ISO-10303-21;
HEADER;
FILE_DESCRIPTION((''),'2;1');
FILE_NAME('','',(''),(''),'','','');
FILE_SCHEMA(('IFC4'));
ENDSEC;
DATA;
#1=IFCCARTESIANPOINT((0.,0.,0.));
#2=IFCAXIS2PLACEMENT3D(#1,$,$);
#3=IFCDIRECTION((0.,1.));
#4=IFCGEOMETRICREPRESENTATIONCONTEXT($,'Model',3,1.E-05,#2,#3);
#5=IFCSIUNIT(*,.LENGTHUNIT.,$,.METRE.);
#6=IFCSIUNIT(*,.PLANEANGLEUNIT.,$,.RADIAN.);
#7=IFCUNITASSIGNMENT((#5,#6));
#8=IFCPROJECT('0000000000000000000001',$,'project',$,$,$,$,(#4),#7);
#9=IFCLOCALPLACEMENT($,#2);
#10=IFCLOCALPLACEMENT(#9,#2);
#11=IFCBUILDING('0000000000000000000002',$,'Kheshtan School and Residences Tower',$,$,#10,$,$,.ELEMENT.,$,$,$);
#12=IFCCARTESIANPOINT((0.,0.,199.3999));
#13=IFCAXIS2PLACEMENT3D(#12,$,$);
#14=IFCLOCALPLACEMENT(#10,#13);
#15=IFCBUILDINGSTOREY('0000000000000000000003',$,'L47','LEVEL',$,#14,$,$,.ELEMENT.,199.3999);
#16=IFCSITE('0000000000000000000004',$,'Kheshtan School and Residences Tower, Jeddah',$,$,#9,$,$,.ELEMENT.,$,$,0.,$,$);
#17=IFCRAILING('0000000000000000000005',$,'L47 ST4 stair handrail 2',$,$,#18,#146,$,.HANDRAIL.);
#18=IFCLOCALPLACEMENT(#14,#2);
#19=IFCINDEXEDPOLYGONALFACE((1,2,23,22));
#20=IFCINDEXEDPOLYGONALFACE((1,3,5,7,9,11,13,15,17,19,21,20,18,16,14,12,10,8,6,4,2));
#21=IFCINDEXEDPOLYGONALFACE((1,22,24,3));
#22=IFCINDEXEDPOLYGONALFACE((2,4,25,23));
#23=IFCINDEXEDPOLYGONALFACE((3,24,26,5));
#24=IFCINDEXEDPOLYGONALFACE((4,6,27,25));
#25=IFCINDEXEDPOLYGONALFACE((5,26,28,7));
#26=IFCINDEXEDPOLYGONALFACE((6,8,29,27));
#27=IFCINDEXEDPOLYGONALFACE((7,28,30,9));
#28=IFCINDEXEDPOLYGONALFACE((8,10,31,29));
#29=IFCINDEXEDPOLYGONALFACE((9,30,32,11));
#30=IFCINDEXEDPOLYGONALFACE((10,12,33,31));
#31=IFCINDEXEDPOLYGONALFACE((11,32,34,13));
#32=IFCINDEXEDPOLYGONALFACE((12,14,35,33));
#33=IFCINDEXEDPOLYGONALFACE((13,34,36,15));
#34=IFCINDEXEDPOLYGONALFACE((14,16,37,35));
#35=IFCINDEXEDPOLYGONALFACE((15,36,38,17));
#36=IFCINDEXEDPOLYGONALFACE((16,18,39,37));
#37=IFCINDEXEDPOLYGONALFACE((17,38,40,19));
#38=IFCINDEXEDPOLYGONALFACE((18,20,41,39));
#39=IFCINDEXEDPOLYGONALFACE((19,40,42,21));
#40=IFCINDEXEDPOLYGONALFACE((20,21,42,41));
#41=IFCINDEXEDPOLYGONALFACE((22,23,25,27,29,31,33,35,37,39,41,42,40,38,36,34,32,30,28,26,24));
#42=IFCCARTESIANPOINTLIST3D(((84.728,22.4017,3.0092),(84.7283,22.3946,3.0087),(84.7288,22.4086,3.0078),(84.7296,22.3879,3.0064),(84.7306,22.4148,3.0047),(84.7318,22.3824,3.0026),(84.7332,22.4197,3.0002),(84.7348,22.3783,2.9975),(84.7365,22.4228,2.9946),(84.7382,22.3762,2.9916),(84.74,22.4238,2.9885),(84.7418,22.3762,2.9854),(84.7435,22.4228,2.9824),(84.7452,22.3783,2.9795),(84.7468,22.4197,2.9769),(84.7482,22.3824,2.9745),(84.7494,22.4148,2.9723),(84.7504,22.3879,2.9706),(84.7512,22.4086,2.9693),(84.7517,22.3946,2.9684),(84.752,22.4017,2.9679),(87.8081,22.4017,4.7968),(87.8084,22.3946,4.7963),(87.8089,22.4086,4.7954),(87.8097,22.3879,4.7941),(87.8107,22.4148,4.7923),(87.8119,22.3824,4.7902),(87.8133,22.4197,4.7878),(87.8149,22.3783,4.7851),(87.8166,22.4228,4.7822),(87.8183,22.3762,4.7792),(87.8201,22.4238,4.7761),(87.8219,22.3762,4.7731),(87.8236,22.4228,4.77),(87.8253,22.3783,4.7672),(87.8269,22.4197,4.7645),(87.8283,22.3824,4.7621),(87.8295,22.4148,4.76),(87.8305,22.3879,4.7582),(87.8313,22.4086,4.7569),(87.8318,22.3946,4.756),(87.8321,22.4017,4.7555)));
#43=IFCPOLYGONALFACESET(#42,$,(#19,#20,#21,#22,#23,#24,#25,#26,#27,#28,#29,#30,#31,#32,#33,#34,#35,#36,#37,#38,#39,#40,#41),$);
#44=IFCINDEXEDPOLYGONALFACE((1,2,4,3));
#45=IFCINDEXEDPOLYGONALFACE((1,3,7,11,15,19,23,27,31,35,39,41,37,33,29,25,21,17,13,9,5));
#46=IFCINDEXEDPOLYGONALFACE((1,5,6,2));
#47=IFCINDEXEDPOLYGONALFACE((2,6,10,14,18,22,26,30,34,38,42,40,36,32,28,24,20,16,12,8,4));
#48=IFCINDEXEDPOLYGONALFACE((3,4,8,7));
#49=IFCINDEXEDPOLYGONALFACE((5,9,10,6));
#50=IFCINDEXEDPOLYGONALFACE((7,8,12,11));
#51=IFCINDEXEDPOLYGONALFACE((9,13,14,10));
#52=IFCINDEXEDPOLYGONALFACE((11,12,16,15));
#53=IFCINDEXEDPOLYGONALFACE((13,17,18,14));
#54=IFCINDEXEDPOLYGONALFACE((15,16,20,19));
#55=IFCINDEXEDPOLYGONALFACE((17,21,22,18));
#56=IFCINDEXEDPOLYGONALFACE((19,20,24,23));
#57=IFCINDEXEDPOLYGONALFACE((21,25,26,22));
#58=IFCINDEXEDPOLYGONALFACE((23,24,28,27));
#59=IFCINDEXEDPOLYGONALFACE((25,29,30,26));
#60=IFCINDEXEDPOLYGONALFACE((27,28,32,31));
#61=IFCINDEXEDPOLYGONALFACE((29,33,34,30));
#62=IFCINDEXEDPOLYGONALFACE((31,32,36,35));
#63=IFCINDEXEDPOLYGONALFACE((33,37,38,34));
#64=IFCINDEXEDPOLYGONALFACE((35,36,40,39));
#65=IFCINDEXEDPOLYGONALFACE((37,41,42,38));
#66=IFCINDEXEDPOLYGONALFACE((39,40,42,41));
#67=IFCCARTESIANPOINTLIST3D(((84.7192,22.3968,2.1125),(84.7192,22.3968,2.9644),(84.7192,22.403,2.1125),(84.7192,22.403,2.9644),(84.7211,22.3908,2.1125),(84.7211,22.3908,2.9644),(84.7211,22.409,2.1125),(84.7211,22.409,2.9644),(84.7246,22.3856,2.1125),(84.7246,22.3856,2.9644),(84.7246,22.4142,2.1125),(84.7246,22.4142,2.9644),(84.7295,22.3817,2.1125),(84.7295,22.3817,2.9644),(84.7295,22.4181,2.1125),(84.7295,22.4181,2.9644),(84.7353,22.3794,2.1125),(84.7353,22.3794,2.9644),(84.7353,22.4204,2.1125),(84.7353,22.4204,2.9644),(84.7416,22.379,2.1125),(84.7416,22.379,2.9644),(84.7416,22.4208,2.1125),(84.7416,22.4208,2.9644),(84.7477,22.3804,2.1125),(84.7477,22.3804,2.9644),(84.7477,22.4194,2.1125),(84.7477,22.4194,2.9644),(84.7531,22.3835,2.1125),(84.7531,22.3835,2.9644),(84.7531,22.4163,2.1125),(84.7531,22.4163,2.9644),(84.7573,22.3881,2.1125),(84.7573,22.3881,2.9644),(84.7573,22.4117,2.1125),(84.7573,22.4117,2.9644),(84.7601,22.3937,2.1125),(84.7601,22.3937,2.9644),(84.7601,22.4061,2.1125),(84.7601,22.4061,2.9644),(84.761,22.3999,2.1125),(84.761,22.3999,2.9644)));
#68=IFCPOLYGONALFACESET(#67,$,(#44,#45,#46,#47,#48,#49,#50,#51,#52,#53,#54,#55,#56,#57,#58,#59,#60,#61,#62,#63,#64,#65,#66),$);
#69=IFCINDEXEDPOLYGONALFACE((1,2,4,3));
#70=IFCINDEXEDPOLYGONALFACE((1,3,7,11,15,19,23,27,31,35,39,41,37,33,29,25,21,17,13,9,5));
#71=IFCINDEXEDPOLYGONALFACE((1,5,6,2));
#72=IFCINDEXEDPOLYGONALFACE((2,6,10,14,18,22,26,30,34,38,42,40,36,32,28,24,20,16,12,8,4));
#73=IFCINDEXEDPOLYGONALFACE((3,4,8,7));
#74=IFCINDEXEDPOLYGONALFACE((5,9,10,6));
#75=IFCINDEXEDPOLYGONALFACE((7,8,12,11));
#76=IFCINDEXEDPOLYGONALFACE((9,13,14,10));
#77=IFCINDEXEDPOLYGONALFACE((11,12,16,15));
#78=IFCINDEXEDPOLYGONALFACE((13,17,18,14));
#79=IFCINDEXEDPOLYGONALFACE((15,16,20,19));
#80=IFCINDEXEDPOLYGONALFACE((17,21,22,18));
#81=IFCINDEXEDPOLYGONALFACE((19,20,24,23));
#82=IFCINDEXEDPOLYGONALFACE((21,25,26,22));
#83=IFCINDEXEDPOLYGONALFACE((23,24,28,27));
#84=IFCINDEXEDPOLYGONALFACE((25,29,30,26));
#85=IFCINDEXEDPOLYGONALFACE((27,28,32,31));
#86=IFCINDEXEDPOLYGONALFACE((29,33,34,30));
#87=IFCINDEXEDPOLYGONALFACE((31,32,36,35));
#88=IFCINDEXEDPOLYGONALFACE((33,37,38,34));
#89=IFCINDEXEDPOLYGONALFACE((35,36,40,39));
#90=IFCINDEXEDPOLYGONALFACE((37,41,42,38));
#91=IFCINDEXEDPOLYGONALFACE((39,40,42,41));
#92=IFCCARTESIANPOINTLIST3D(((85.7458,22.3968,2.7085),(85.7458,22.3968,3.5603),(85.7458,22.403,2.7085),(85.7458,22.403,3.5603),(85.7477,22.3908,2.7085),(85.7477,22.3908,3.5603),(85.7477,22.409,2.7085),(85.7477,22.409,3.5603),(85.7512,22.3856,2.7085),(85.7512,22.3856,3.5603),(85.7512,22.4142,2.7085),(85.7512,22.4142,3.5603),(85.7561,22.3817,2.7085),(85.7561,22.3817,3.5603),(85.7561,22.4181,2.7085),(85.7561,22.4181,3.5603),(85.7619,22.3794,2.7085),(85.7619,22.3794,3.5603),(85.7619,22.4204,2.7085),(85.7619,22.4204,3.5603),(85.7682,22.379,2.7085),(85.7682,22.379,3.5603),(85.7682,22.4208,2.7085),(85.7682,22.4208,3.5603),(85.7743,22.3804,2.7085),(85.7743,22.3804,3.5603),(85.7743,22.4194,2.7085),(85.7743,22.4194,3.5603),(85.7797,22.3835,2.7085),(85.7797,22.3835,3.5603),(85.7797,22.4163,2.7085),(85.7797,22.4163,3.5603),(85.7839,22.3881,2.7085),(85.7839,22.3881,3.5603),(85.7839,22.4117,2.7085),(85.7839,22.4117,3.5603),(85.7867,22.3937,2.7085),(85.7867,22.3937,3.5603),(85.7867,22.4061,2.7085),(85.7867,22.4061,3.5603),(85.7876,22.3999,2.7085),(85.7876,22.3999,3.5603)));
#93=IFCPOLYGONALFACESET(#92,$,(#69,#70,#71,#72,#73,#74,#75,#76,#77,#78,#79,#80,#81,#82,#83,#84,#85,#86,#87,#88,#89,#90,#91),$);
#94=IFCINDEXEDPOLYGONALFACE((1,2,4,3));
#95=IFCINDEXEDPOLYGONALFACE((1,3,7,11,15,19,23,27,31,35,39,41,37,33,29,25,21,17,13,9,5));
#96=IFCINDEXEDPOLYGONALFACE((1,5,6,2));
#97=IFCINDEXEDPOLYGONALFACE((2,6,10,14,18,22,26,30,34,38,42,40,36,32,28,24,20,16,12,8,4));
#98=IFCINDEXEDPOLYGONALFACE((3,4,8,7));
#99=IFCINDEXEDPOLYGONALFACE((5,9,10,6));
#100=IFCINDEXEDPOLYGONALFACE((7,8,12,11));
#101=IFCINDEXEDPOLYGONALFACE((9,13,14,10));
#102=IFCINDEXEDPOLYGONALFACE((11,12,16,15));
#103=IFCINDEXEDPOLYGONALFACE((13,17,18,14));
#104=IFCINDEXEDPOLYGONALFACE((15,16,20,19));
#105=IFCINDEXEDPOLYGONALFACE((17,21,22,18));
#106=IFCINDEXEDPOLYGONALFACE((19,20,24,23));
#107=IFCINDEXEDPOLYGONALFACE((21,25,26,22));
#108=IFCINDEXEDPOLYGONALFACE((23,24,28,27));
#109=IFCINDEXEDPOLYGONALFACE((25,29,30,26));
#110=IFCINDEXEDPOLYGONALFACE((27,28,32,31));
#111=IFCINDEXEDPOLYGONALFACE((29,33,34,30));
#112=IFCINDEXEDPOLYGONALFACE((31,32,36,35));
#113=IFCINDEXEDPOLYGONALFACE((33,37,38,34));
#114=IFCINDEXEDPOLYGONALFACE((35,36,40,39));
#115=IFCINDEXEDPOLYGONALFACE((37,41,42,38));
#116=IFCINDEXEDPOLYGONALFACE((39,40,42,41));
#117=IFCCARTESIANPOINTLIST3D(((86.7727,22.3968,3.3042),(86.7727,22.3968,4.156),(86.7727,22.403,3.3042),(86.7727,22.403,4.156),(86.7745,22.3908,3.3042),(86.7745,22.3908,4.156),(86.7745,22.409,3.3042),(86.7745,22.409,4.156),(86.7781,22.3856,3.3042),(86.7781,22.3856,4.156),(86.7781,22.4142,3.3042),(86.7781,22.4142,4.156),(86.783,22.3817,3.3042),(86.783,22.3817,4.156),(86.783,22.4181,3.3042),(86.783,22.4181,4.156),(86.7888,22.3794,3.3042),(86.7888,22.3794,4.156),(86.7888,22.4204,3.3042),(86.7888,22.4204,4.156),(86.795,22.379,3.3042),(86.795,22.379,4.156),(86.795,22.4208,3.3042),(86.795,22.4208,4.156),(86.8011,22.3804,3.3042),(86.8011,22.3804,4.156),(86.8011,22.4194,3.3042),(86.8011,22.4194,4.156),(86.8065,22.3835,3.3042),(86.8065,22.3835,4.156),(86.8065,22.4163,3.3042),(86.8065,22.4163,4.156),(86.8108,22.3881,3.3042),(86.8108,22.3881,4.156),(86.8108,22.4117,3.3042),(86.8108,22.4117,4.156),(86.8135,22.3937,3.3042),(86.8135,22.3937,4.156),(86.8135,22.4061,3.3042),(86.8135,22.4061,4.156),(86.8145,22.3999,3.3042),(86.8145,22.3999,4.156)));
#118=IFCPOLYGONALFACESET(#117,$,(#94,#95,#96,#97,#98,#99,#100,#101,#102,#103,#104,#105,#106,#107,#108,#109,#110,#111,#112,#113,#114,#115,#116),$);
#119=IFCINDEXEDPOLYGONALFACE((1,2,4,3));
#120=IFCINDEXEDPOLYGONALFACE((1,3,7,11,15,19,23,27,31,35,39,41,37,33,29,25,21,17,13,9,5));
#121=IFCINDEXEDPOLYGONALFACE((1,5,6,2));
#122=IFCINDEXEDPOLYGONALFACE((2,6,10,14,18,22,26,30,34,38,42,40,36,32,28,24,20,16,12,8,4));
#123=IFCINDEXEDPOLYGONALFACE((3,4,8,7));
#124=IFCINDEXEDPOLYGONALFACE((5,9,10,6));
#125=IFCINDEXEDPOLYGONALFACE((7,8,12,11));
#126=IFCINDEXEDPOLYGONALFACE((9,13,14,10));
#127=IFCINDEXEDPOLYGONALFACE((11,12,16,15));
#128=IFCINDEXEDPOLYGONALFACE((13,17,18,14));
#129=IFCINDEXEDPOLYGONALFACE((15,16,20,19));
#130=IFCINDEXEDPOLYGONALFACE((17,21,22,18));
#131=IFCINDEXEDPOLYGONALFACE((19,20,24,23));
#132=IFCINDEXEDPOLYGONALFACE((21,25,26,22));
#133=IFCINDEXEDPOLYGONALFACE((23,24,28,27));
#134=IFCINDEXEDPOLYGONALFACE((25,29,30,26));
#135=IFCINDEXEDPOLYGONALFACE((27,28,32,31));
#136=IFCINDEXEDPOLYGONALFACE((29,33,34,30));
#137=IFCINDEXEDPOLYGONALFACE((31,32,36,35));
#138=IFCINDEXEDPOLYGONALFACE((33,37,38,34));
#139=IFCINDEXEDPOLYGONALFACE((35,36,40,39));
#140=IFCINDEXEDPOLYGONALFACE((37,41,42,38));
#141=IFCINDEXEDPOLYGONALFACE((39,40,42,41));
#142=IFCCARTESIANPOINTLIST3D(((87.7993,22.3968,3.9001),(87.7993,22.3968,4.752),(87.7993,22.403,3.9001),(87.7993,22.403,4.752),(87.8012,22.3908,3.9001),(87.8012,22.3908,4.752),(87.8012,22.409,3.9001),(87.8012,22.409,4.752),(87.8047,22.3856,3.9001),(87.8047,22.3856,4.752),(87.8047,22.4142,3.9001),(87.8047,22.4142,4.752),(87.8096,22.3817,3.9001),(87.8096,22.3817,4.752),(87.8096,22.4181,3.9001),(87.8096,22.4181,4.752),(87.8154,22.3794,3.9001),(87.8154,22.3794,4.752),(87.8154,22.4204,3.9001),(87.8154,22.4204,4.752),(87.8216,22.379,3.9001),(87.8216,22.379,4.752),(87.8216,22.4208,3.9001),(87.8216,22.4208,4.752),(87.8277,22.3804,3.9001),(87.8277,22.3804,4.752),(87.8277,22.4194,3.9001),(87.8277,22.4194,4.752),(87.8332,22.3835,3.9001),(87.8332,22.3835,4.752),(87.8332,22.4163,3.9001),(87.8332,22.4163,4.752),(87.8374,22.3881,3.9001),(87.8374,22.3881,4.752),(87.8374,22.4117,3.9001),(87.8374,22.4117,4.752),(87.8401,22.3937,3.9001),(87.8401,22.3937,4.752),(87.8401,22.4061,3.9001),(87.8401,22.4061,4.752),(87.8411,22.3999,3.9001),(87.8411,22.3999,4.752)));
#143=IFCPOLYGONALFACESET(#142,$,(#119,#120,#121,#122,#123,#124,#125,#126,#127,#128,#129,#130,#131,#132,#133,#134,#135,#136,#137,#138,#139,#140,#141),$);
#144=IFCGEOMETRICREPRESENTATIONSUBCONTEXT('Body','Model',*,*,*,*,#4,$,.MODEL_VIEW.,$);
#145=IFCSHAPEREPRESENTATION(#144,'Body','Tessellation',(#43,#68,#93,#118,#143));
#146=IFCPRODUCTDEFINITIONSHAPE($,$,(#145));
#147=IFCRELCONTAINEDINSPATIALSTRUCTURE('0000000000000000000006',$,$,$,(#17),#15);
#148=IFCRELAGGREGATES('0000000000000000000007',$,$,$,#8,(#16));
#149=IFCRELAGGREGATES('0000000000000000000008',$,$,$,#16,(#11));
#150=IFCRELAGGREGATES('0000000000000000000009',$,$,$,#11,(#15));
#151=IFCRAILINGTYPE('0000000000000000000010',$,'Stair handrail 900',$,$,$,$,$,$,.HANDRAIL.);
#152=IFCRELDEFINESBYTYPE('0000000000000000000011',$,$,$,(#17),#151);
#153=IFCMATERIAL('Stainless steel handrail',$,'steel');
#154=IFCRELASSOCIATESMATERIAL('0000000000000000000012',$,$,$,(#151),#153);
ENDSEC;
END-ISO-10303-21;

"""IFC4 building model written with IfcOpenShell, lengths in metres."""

from ifc_helpers import new_model, si_unit, direction, frame, origin, origin_2d, place, context, subcontext, project, spatial, circle, extrude, material, type_object, element, save


model = new_model("IFC4")

# Units and contexts
model_context = context("Model", 3, precision=1e-05, world=origin(), true_north=direction((0.0, 1.0)))
body_context = subcontext(model_context, "Body", "Model", "MODEL_VIEW")
ifc_project = project(units=[si_unit("LENGTHUNIT", "METRE"), si_unit("PLANEANGLEUNIT", "RADIAN")], contexts=[model_context])

# Site, building, storey
site_placement = place(None, origin())
site = spatial("IfcSite", under=ifc_project, at=site_placement, Name="Kheshtan School and Residences Tower, Jeddah", CompositionType="ELEMENT", RefElevation=0.0)
building_placement = place(site_placement, origin())
building = spatial("IfcBuilding", under=site, at=building_placement, Name="Kheshtan School and Residences Tower", CompositionType="ELEMENT")
storey_placement = place(building_placement, frame((0.0, 0.0, 199.3999)))
storey = spatial("IfcBuildingStorey", under=building, at=storey_placement, Name="L47", Description="LEVEL", CompositionType="ELEMENT", Elevation=199.3999)

# Railing
ifc_material_1 = material(Name="Stainless steel handrail", Category="steel")
railing_type_1 = type_object("IfcRailingType", Name="Stair handrail 900", PredefinedType="HANDRAIL", material=ifc_material_1)
railing_1_placement = place(storey_placement, frame((84.74, 22.3999, 2.1125)))
element("IfcRailing", 1, at=railing_1_placement, inside=storey, type_object=railing_type_1, Name="L47 ST4 stair handrail 2", PredefinedType="HANDRAIL", context=body_context, shape_type="SweptSolid", body=[
    extrude(circle(Radius=0.0239, at=origin_2d()), frame((0.0, 0.0, 0.876), z_axis=(0.864891, 0.0, 0.50196), x_axis=(0.0, 1.0, 0.0)), (0.0, 0.0, 1.0), 3.5613),
    extrude(circle(Radius=0.021, at=origin_2d()), origin(), (0.0, 0.0, 1.0), 0.8518),
    extrude(circle(Radius=0.021, at=origin_2d()), frame((1.0266, 0.0, 0.5959)), (0.0, 0.0, 1.0), 0.8518),
    extrude(circle(Radius=0.021, at=origin_2d()), frame((2.0535, 0.0, 1.1917)), (0.0, 0.0, 1.0), 0.8518),
    extrude(circle(Radius=0.021, at=origin_2d()), frame((3.0801, 0.0, 1.7876)), (0.0, 0.0, 1.0), 0.8518),
])

save(model, "model.ifc")
